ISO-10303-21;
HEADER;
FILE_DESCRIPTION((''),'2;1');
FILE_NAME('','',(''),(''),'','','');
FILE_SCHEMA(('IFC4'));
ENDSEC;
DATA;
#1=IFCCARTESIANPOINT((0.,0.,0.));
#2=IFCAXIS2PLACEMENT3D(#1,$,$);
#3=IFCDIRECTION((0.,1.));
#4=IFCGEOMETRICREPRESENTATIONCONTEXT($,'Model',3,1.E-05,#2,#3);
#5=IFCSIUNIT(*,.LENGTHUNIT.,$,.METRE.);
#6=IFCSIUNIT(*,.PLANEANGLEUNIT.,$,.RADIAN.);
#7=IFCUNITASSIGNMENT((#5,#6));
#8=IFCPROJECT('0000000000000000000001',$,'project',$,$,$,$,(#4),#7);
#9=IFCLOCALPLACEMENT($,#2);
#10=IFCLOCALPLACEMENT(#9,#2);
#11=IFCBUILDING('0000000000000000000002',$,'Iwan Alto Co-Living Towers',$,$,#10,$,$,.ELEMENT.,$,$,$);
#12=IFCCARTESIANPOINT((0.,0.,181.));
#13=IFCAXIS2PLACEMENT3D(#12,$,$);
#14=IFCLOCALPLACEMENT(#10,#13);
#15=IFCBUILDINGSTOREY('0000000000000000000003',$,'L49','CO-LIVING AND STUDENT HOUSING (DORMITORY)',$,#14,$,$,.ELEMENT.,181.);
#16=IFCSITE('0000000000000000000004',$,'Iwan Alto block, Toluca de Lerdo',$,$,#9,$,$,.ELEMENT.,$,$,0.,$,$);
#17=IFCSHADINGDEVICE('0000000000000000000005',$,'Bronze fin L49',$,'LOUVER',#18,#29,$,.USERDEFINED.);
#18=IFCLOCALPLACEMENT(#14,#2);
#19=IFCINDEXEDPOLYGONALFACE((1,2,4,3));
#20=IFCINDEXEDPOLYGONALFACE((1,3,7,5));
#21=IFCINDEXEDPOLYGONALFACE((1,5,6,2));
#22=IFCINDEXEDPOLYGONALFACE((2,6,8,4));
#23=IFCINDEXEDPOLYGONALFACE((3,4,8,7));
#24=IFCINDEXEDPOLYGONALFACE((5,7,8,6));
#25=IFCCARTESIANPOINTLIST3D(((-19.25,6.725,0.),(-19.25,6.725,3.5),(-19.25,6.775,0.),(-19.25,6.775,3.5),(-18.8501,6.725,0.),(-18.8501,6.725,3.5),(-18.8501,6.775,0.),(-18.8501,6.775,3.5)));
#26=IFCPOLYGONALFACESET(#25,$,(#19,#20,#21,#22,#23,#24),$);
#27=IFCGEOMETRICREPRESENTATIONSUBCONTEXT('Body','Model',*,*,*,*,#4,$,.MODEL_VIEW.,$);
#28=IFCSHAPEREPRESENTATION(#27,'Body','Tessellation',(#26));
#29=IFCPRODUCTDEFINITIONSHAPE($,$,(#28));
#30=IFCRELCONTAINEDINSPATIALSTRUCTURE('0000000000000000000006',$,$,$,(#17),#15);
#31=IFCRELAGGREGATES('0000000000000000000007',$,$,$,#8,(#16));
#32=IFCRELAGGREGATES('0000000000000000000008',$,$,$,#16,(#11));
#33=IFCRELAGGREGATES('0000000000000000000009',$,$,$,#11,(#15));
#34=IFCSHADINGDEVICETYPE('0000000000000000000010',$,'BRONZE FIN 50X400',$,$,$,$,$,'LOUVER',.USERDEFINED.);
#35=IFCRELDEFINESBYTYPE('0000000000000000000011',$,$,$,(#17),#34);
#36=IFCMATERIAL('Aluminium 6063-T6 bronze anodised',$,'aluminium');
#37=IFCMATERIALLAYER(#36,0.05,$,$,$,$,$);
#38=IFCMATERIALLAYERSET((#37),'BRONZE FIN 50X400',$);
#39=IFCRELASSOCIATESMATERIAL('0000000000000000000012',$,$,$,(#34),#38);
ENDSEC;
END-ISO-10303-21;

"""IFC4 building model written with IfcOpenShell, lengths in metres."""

from ifc_helpers import new_model, si_unit, direction, frame, origin, origin_2d, place, context, subcontext, project, spatial, rectangle, extrude, material, layer, layer_set, type_object, element, save


model = new_model("IFC4")

# Units and contexts
model_context = context("Model", 3, precision=1e-05, world=origin(), true_north=direction((0.0, 1.0)))
body_context = subcontext(model_context, "Body", "Model", "MODEL_VIEW")
ifc_project = project(units=[si_unit("LENGTHUNIT", "METRE"), si_unit("PLANEANGLEUNIT", "RADIAN")], contexts=[model_context])

# Site, building, storey
site_placement = place(None, origin())
site = spatial("IfcSite", under=ifc_project, at=site_placement, Name="Iwan Alto block, Toluca de Lerdo", CompositionType="ELEMENT", RefElevation=0.0)
building_placement = place(site_placement, origin())
building = spatial("IfcBuilding", under=site, at=building_placement, Name="Iwan Alto Co-Living Towers", CompositionType="ELEMENT")
storey_placement = place(building_placement, frame((0.0, 0.0, 181.0)))
storey = spatial("IfcBuildingStorey", under=building, at=storey_placement, Name="L49", Description="CO-LIVING AND STUDENT HOUSING (DORMITORY)", CompositionType="ELEMENT", Elevation=181.0)

# Shading device
ifc_material_1 = material(Name="Aluminium 6063-T6 bronze anodised", Category="aluminium")
ifc_layer_1 = layer(ifc_material_1, 0.05)
ifc_layer_set_1 = layer_set([ifc_layer_1], Name="BRONZE FIN 50X400")
shading_device_type = type_object("IfcShadingDeviceType", Name="BRONZE FIN 50X400", ElementType="LOUVER", PredefinedType="USERDEFINED", material=ifc_layer_set_1)
shading_device_placement = place(storey_placement, frame((-19.05, 6.75, 0.0), z_axis=(0.0, 0.0, 1.0), x_axis=(0.0, -1.0, 0.0)))
element("IfcShadingDevice", 1, at=shading_device_placement, inside=storey, type_object=shading_device_type, Name="Bronze fin L49", ObjectType="LOUVER", PredefinedType="USERDEFINED", context=body_context, shape_type="SweptSolid", body=[
    extrude(rectangle(XDim=0.05, YDim=0.3999, at=origin_2d()), origin(), (0.0, 0.0, 1.0), 3.5),
])

save(model, "model.ifc")
